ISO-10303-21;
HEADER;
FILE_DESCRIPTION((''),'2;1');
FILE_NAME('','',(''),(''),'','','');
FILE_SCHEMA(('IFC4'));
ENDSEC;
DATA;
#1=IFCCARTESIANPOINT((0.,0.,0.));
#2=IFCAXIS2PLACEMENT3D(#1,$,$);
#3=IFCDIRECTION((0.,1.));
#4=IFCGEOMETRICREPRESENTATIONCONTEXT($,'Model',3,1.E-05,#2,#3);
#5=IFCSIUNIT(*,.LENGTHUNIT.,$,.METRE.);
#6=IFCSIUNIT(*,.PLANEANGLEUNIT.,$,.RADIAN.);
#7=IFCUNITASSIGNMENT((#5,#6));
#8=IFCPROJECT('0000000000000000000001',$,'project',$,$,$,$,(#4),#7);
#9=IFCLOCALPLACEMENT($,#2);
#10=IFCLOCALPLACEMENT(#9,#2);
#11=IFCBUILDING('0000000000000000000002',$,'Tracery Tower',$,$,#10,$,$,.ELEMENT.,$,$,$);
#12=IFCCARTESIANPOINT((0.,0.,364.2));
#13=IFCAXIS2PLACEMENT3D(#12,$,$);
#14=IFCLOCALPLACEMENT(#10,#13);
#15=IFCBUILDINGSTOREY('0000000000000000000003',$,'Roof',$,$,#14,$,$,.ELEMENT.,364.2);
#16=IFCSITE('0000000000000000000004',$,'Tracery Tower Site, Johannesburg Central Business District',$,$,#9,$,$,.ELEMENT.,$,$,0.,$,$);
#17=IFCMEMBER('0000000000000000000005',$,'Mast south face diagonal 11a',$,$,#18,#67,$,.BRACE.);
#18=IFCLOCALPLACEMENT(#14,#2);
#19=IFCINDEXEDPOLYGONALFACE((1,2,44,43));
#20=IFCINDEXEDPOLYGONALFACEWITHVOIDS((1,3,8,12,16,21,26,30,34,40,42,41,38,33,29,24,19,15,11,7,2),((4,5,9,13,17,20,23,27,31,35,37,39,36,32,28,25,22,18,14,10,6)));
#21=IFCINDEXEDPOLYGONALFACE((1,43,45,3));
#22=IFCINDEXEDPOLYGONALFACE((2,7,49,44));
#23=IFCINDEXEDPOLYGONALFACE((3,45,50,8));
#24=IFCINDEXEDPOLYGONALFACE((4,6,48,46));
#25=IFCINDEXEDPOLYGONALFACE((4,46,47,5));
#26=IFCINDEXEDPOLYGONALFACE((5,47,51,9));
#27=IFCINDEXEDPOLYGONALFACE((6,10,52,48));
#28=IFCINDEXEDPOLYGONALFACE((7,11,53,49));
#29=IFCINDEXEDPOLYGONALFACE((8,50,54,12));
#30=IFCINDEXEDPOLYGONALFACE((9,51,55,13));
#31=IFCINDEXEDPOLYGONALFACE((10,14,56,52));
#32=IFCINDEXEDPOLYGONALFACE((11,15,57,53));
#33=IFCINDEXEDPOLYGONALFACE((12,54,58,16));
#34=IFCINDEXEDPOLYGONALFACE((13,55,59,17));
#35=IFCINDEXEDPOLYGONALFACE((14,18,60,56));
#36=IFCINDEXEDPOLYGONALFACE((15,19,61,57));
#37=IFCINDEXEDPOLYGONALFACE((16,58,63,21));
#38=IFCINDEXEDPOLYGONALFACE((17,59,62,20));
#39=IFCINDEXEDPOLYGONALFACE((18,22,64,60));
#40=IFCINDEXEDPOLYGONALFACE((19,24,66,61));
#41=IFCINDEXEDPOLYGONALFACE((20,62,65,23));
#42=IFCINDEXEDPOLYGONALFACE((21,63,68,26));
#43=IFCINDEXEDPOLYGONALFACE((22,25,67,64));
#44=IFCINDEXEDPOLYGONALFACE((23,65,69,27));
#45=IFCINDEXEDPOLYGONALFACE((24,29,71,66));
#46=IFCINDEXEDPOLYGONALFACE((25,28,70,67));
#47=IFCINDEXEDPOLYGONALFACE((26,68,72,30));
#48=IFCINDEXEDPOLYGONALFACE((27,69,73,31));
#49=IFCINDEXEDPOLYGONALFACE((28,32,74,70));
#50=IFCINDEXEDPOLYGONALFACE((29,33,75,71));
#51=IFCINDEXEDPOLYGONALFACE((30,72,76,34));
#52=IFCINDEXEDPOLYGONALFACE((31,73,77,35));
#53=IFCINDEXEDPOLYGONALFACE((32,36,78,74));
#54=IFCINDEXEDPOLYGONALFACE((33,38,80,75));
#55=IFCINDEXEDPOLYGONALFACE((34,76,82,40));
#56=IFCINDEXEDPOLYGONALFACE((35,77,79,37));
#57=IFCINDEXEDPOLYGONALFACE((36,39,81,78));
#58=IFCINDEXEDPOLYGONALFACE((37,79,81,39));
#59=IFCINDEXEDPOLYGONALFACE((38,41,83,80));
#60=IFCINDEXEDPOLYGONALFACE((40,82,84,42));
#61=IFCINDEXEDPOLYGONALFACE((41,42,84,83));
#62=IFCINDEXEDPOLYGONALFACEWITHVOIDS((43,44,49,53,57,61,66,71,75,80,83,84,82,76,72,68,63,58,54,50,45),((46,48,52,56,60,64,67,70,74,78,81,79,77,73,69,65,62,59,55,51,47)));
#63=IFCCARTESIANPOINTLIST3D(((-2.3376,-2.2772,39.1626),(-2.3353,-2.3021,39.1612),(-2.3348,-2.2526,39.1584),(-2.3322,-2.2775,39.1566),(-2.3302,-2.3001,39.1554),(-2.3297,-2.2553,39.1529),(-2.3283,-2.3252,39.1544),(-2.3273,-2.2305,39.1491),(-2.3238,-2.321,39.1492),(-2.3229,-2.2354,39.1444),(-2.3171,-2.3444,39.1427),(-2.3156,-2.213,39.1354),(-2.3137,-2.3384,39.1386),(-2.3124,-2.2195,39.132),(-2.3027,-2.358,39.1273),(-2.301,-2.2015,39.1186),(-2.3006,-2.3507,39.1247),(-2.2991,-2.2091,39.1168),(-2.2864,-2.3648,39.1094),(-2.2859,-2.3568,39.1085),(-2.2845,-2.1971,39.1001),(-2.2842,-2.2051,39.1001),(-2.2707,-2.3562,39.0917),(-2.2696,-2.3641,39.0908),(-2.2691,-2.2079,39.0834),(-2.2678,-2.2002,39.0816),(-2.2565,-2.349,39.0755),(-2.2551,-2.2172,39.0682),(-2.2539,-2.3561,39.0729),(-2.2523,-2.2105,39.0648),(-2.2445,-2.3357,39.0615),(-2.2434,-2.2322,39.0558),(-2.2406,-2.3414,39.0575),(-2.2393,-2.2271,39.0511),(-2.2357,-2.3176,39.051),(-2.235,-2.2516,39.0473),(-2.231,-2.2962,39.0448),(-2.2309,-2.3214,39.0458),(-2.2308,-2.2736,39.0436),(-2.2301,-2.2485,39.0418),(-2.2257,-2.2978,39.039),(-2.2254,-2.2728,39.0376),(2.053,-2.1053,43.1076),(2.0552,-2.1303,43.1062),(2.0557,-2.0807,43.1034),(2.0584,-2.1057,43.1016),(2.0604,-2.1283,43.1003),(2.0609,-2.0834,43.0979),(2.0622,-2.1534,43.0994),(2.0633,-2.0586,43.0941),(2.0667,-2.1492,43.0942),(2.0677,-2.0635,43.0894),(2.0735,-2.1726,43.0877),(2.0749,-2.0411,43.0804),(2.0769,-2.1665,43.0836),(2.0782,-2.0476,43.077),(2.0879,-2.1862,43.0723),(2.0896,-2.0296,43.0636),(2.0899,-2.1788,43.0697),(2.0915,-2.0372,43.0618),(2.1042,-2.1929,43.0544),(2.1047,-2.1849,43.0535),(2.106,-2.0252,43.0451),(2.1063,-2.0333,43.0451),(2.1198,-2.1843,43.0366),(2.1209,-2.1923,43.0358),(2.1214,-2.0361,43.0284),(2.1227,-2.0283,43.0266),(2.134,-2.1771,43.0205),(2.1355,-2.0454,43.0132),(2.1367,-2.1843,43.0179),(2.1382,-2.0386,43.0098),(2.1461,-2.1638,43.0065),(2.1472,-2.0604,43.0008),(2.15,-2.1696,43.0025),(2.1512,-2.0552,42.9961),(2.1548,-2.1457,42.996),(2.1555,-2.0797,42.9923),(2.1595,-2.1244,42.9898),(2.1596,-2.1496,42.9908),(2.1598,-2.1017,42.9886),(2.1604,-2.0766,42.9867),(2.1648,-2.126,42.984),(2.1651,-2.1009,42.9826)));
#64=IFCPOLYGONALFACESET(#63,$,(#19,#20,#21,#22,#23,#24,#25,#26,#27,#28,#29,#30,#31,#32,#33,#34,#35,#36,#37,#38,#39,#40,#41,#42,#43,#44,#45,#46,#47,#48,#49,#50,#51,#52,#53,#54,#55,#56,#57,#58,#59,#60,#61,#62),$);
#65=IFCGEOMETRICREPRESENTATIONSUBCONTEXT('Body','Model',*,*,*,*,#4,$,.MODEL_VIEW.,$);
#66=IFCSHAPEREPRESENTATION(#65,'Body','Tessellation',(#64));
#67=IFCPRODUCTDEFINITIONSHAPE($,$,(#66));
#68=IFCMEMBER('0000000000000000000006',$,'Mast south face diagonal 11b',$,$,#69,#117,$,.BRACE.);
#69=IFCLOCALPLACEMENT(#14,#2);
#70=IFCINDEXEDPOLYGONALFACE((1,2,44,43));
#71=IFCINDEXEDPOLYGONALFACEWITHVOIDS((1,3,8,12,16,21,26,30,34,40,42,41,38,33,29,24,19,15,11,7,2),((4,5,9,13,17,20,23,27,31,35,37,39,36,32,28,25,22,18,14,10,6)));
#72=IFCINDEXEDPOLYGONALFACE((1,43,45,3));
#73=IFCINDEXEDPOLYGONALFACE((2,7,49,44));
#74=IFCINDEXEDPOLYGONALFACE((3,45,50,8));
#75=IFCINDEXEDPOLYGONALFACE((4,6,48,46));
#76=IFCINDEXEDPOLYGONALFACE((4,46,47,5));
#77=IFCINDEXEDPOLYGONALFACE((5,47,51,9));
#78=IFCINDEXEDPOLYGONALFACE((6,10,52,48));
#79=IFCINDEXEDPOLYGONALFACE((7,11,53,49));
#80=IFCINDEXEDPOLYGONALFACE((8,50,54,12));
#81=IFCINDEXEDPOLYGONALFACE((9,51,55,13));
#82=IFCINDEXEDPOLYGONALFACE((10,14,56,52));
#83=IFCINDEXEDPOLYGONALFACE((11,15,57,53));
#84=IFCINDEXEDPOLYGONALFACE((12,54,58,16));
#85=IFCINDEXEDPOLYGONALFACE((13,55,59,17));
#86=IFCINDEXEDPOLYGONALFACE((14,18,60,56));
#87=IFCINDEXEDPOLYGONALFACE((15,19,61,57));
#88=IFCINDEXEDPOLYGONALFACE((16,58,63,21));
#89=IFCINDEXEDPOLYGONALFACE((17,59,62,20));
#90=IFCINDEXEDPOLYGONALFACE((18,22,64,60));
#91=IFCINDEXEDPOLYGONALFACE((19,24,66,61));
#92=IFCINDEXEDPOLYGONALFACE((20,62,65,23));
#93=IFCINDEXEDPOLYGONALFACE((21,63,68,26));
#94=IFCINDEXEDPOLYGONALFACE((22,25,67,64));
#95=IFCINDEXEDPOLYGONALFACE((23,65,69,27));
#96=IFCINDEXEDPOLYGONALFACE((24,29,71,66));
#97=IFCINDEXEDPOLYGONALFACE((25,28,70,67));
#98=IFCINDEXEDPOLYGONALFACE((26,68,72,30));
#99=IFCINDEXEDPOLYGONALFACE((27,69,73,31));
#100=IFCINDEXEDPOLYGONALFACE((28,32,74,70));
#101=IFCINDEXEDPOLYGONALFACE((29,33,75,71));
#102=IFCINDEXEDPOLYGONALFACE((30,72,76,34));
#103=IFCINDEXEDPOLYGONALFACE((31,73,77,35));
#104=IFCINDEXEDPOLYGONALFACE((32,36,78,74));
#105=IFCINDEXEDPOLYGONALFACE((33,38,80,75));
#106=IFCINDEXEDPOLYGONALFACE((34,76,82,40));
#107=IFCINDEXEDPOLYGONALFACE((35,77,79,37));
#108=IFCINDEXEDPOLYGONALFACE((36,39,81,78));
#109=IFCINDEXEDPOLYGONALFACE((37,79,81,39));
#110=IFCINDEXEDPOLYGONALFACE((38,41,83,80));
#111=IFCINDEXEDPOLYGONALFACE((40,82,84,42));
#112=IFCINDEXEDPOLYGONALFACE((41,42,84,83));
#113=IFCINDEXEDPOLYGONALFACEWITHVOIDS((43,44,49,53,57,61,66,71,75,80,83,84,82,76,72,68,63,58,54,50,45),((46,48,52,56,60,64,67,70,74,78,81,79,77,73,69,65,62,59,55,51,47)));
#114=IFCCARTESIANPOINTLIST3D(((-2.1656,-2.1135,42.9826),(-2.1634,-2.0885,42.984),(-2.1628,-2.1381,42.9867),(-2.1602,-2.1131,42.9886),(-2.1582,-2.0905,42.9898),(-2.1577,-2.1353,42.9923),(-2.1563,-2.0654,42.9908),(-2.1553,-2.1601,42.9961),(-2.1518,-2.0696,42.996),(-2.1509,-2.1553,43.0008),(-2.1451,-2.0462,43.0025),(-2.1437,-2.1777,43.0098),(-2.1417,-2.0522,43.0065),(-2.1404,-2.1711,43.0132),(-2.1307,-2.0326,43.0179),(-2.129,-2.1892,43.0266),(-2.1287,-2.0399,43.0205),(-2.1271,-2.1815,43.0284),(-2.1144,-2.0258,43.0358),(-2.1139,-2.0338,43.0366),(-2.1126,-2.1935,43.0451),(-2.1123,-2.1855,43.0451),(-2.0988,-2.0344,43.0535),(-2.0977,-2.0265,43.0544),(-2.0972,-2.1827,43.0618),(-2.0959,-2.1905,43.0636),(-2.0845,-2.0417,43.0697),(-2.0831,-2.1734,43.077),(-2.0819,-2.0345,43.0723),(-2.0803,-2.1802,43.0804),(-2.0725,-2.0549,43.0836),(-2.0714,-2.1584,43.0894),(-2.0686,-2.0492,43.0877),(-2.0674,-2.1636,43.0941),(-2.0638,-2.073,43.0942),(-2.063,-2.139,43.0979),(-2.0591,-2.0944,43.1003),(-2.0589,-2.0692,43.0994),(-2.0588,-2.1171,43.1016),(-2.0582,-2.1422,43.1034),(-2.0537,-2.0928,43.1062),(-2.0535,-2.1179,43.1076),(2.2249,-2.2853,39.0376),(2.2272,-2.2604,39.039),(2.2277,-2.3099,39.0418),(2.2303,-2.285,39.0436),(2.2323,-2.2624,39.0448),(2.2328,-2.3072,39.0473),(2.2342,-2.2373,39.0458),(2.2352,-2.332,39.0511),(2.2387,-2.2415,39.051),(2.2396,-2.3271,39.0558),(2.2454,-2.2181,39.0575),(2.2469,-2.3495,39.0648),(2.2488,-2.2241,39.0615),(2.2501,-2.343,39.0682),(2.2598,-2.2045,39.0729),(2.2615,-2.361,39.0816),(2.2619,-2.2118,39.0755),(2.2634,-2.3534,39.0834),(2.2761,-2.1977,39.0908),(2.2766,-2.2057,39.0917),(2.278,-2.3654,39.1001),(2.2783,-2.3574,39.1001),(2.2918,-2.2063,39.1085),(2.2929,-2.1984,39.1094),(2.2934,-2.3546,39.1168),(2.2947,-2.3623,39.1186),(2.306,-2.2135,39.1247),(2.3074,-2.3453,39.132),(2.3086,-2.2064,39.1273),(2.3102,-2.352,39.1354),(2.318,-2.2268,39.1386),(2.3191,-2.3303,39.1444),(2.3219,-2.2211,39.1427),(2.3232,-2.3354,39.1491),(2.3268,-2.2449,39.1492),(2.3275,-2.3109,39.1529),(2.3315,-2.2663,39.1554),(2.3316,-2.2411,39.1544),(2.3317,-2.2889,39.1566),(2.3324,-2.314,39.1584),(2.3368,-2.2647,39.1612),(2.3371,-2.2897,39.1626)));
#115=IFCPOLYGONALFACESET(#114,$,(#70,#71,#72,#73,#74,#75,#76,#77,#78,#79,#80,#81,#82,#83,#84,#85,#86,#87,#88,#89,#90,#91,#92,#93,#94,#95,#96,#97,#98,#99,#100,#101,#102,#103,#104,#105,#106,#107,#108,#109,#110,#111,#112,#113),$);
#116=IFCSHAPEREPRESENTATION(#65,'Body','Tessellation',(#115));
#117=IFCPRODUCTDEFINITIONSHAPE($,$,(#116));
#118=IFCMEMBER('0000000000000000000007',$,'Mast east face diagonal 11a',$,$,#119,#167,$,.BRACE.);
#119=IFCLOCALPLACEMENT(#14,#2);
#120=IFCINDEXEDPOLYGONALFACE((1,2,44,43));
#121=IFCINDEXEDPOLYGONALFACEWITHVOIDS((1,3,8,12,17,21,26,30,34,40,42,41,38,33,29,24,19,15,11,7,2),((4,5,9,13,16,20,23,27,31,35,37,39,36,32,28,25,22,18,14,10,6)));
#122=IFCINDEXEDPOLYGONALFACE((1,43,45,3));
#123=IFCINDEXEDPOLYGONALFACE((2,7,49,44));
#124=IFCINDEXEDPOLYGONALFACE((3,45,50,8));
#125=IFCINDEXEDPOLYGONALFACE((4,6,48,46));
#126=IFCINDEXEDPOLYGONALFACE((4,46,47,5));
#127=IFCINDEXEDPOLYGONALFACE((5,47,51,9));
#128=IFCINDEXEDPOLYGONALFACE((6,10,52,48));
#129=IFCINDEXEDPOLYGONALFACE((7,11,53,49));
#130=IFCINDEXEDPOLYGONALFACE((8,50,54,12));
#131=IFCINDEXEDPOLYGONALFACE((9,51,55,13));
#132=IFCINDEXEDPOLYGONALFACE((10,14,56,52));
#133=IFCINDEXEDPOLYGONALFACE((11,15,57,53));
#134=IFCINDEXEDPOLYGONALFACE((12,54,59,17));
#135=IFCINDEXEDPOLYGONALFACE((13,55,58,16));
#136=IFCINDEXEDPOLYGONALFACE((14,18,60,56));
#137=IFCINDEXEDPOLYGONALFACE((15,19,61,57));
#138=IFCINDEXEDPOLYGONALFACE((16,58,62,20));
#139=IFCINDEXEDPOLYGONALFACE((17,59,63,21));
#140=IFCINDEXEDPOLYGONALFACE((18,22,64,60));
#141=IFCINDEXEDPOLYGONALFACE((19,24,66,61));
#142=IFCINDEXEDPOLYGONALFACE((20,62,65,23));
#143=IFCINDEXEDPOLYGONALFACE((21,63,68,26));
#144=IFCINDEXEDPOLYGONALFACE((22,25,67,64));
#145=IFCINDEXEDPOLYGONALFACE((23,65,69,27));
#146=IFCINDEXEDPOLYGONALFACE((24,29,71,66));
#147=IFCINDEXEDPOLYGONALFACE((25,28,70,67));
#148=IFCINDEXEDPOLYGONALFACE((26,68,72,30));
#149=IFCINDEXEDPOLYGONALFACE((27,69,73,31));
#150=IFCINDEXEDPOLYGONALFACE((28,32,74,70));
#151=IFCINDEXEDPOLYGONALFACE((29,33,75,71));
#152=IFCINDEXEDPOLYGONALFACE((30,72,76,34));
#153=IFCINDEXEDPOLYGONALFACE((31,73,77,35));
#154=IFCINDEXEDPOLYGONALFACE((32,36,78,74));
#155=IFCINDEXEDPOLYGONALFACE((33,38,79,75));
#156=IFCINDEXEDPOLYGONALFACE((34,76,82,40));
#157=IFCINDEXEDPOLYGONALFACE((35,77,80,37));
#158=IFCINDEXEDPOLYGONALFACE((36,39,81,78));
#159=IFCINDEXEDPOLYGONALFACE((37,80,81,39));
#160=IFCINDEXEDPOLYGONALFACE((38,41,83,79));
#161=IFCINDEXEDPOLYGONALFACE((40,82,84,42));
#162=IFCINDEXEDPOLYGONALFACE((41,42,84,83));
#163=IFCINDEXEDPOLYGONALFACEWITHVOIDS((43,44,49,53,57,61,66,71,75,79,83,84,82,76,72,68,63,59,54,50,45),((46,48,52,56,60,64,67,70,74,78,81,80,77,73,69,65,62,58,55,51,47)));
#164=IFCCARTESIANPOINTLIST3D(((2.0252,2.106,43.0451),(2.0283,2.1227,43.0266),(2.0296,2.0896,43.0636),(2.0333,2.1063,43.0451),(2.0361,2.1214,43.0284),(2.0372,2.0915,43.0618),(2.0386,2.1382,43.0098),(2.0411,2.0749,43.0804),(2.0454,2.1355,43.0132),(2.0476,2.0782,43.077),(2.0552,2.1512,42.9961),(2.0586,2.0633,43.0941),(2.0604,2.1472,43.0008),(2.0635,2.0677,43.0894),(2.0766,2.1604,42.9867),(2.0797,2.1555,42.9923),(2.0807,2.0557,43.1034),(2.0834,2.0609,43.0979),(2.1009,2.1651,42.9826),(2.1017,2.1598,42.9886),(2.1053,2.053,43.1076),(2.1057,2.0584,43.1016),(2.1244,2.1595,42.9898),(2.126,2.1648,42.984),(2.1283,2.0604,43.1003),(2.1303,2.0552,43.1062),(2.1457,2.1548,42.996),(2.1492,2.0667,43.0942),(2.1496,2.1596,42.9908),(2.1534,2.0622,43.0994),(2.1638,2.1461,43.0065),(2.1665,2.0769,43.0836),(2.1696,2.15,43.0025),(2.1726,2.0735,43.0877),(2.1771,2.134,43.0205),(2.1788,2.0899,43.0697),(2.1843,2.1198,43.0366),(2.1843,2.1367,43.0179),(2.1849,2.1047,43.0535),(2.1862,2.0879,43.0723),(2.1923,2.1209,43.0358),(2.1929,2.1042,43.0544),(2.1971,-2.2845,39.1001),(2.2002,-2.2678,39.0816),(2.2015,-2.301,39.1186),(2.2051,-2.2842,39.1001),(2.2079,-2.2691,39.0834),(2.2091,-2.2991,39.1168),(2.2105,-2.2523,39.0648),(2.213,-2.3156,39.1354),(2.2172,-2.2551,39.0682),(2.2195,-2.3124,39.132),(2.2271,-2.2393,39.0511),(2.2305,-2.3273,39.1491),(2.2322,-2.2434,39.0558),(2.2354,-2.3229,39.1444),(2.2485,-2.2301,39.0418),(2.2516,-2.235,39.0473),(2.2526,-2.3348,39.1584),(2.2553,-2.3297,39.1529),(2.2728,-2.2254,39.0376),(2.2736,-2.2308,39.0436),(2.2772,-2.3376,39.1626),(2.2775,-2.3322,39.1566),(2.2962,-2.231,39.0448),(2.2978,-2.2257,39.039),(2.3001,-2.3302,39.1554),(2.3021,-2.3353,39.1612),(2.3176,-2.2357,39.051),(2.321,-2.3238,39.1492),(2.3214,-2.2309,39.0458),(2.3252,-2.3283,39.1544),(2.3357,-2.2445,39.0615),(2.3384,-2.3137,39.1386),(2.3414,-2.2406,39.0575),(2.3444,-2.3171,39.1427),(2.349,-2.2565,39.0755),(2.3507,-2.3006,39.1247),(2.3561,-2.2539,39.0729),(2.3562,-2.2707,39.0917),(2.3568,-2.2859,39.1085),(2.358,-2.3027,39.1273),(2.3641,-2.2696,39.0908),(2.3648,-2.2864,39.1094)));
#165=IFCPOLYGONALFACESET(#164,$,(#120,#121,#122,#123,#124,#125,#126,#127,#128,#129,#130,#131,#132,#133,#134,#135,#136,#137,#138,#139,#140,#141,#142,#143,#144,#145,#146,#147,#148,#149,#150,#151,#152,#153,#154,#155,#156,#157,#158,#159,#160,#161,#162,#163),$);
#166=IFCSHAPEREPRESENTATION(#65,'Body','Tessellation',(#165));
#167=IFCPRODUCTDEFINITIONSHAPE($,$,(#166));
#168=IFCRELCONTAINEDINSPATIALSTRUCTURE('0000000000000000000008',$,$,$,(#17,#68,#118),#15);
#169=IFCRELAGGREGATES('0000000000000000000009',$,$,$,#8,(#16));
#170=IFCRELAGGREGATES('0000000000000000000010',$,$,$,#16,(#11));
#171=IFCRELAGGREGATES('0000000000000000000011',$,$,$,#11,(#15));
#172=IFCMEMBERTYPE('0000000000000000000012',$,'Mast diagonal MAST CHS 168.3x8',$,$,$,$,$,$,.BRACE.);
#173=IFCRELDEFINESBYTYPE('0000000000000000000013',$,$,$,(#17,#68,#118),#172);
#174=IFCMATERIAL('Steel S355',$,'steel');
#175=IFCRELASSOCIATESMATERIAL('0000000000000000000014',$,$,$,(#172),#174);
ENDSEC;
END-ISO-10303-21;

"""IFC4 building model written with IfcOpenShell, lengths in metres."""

from ifc_helpers import new_model, si_unit, direction, frame, origin, origin_2d, place, context, subcontext, project, spatial, hollow_circle, extrude, material, material_profile, profile_set, type_object, element, save


model = new_model("IFC4")

# Units and contexts
model_context = context("Model", 3, precision=1e-05, world=origin(), true_north=direction((0.0, 1.0)))
body_context = subcontext(model_context, "Body", "Model", "MODEL_VIEW")
ifc_project = project(units=[si_unit("LENGTHUNIT", "METRE"), si_unit("PLANEANGLEUNIT", "RADIAN")], contexts=[model_context])

# Site, building, storey
site_placement = place(None, origin())
site = spatial("IfcSite", under=ifc_project, at=site_placement, Name="Tracery Tower Site, Johannesburg Central Business District", CompositionType="ELEMENT", RefElevation=0.0)
building_placement = place(site_placement, origin())
building = spatial("IfcBuilding", under=site, at=building_placement, Name="Tracery Tower", CompositionType="ELEMENT")
storey_placement = place(building_placement, frame((0.0, 0.0, 364.2)))
storey = spatial("IfcBuildingStorey", under=building, at=storey_placement, Name="Roof", CompositionType="ELEMENT", Elevation=364.2)

# Members
ifc_material_1 = material(Name="Steel S355", Category="steel")
ifc_material_profile_1 = material_profile(ifc_material_1, hollow_circle(Radius=0.0842, WallThickness=0.0081, at=origin_2d()), Name="CHS 168.3x8")
ifc_profile_set_1 = profile_set([ifc_material_profile_1], Name="Steel S355")
member_type_1 = type_object("IfcMemberType", Name="Mast diagonal MAST CHS 168.3x8", PredefinedType="BRACE", material=ifc_profile_set_1)
for number, where, z_axis, x_axis, name in (
    (1, (-2.2812, -2.2812, 39.1001), (0.743526, 0.029106, 0.668073), (-0.039116, 0.999235, 0.0), "Mast south face diagonal 11a"),
    (2, (2.2812, -2.2812, 39.1001), (-0.743526, 0.029106, 0.668073), (-0.039116, -0.999235, 0.0), "Mast south face diagonal 11b"),
    (3, (2.2812, -2.2812, 39.1001), (-0.029106, 0.743526, 0.668073), (-0.999235, -0.039116, 0.0), "Mast east face diagonal 11a"),
):
    element("IfcMember", number, at=place(storey_placement, frame(where, z_axis=z_axis, x_axis=x_axis)), inside=storey, type_object=member_type_1, Name=name, PredefinedType="BRACE", context=body_context, shape_type="SweptSolid", body=[
        extrude(hollow_circle(Radius=0.0842, WallThickness=0.0081, at=origin_2d()), origin(), (0.0, 0.0, 1.0), 5.905),
    ])

save(model, "model.ifc")
